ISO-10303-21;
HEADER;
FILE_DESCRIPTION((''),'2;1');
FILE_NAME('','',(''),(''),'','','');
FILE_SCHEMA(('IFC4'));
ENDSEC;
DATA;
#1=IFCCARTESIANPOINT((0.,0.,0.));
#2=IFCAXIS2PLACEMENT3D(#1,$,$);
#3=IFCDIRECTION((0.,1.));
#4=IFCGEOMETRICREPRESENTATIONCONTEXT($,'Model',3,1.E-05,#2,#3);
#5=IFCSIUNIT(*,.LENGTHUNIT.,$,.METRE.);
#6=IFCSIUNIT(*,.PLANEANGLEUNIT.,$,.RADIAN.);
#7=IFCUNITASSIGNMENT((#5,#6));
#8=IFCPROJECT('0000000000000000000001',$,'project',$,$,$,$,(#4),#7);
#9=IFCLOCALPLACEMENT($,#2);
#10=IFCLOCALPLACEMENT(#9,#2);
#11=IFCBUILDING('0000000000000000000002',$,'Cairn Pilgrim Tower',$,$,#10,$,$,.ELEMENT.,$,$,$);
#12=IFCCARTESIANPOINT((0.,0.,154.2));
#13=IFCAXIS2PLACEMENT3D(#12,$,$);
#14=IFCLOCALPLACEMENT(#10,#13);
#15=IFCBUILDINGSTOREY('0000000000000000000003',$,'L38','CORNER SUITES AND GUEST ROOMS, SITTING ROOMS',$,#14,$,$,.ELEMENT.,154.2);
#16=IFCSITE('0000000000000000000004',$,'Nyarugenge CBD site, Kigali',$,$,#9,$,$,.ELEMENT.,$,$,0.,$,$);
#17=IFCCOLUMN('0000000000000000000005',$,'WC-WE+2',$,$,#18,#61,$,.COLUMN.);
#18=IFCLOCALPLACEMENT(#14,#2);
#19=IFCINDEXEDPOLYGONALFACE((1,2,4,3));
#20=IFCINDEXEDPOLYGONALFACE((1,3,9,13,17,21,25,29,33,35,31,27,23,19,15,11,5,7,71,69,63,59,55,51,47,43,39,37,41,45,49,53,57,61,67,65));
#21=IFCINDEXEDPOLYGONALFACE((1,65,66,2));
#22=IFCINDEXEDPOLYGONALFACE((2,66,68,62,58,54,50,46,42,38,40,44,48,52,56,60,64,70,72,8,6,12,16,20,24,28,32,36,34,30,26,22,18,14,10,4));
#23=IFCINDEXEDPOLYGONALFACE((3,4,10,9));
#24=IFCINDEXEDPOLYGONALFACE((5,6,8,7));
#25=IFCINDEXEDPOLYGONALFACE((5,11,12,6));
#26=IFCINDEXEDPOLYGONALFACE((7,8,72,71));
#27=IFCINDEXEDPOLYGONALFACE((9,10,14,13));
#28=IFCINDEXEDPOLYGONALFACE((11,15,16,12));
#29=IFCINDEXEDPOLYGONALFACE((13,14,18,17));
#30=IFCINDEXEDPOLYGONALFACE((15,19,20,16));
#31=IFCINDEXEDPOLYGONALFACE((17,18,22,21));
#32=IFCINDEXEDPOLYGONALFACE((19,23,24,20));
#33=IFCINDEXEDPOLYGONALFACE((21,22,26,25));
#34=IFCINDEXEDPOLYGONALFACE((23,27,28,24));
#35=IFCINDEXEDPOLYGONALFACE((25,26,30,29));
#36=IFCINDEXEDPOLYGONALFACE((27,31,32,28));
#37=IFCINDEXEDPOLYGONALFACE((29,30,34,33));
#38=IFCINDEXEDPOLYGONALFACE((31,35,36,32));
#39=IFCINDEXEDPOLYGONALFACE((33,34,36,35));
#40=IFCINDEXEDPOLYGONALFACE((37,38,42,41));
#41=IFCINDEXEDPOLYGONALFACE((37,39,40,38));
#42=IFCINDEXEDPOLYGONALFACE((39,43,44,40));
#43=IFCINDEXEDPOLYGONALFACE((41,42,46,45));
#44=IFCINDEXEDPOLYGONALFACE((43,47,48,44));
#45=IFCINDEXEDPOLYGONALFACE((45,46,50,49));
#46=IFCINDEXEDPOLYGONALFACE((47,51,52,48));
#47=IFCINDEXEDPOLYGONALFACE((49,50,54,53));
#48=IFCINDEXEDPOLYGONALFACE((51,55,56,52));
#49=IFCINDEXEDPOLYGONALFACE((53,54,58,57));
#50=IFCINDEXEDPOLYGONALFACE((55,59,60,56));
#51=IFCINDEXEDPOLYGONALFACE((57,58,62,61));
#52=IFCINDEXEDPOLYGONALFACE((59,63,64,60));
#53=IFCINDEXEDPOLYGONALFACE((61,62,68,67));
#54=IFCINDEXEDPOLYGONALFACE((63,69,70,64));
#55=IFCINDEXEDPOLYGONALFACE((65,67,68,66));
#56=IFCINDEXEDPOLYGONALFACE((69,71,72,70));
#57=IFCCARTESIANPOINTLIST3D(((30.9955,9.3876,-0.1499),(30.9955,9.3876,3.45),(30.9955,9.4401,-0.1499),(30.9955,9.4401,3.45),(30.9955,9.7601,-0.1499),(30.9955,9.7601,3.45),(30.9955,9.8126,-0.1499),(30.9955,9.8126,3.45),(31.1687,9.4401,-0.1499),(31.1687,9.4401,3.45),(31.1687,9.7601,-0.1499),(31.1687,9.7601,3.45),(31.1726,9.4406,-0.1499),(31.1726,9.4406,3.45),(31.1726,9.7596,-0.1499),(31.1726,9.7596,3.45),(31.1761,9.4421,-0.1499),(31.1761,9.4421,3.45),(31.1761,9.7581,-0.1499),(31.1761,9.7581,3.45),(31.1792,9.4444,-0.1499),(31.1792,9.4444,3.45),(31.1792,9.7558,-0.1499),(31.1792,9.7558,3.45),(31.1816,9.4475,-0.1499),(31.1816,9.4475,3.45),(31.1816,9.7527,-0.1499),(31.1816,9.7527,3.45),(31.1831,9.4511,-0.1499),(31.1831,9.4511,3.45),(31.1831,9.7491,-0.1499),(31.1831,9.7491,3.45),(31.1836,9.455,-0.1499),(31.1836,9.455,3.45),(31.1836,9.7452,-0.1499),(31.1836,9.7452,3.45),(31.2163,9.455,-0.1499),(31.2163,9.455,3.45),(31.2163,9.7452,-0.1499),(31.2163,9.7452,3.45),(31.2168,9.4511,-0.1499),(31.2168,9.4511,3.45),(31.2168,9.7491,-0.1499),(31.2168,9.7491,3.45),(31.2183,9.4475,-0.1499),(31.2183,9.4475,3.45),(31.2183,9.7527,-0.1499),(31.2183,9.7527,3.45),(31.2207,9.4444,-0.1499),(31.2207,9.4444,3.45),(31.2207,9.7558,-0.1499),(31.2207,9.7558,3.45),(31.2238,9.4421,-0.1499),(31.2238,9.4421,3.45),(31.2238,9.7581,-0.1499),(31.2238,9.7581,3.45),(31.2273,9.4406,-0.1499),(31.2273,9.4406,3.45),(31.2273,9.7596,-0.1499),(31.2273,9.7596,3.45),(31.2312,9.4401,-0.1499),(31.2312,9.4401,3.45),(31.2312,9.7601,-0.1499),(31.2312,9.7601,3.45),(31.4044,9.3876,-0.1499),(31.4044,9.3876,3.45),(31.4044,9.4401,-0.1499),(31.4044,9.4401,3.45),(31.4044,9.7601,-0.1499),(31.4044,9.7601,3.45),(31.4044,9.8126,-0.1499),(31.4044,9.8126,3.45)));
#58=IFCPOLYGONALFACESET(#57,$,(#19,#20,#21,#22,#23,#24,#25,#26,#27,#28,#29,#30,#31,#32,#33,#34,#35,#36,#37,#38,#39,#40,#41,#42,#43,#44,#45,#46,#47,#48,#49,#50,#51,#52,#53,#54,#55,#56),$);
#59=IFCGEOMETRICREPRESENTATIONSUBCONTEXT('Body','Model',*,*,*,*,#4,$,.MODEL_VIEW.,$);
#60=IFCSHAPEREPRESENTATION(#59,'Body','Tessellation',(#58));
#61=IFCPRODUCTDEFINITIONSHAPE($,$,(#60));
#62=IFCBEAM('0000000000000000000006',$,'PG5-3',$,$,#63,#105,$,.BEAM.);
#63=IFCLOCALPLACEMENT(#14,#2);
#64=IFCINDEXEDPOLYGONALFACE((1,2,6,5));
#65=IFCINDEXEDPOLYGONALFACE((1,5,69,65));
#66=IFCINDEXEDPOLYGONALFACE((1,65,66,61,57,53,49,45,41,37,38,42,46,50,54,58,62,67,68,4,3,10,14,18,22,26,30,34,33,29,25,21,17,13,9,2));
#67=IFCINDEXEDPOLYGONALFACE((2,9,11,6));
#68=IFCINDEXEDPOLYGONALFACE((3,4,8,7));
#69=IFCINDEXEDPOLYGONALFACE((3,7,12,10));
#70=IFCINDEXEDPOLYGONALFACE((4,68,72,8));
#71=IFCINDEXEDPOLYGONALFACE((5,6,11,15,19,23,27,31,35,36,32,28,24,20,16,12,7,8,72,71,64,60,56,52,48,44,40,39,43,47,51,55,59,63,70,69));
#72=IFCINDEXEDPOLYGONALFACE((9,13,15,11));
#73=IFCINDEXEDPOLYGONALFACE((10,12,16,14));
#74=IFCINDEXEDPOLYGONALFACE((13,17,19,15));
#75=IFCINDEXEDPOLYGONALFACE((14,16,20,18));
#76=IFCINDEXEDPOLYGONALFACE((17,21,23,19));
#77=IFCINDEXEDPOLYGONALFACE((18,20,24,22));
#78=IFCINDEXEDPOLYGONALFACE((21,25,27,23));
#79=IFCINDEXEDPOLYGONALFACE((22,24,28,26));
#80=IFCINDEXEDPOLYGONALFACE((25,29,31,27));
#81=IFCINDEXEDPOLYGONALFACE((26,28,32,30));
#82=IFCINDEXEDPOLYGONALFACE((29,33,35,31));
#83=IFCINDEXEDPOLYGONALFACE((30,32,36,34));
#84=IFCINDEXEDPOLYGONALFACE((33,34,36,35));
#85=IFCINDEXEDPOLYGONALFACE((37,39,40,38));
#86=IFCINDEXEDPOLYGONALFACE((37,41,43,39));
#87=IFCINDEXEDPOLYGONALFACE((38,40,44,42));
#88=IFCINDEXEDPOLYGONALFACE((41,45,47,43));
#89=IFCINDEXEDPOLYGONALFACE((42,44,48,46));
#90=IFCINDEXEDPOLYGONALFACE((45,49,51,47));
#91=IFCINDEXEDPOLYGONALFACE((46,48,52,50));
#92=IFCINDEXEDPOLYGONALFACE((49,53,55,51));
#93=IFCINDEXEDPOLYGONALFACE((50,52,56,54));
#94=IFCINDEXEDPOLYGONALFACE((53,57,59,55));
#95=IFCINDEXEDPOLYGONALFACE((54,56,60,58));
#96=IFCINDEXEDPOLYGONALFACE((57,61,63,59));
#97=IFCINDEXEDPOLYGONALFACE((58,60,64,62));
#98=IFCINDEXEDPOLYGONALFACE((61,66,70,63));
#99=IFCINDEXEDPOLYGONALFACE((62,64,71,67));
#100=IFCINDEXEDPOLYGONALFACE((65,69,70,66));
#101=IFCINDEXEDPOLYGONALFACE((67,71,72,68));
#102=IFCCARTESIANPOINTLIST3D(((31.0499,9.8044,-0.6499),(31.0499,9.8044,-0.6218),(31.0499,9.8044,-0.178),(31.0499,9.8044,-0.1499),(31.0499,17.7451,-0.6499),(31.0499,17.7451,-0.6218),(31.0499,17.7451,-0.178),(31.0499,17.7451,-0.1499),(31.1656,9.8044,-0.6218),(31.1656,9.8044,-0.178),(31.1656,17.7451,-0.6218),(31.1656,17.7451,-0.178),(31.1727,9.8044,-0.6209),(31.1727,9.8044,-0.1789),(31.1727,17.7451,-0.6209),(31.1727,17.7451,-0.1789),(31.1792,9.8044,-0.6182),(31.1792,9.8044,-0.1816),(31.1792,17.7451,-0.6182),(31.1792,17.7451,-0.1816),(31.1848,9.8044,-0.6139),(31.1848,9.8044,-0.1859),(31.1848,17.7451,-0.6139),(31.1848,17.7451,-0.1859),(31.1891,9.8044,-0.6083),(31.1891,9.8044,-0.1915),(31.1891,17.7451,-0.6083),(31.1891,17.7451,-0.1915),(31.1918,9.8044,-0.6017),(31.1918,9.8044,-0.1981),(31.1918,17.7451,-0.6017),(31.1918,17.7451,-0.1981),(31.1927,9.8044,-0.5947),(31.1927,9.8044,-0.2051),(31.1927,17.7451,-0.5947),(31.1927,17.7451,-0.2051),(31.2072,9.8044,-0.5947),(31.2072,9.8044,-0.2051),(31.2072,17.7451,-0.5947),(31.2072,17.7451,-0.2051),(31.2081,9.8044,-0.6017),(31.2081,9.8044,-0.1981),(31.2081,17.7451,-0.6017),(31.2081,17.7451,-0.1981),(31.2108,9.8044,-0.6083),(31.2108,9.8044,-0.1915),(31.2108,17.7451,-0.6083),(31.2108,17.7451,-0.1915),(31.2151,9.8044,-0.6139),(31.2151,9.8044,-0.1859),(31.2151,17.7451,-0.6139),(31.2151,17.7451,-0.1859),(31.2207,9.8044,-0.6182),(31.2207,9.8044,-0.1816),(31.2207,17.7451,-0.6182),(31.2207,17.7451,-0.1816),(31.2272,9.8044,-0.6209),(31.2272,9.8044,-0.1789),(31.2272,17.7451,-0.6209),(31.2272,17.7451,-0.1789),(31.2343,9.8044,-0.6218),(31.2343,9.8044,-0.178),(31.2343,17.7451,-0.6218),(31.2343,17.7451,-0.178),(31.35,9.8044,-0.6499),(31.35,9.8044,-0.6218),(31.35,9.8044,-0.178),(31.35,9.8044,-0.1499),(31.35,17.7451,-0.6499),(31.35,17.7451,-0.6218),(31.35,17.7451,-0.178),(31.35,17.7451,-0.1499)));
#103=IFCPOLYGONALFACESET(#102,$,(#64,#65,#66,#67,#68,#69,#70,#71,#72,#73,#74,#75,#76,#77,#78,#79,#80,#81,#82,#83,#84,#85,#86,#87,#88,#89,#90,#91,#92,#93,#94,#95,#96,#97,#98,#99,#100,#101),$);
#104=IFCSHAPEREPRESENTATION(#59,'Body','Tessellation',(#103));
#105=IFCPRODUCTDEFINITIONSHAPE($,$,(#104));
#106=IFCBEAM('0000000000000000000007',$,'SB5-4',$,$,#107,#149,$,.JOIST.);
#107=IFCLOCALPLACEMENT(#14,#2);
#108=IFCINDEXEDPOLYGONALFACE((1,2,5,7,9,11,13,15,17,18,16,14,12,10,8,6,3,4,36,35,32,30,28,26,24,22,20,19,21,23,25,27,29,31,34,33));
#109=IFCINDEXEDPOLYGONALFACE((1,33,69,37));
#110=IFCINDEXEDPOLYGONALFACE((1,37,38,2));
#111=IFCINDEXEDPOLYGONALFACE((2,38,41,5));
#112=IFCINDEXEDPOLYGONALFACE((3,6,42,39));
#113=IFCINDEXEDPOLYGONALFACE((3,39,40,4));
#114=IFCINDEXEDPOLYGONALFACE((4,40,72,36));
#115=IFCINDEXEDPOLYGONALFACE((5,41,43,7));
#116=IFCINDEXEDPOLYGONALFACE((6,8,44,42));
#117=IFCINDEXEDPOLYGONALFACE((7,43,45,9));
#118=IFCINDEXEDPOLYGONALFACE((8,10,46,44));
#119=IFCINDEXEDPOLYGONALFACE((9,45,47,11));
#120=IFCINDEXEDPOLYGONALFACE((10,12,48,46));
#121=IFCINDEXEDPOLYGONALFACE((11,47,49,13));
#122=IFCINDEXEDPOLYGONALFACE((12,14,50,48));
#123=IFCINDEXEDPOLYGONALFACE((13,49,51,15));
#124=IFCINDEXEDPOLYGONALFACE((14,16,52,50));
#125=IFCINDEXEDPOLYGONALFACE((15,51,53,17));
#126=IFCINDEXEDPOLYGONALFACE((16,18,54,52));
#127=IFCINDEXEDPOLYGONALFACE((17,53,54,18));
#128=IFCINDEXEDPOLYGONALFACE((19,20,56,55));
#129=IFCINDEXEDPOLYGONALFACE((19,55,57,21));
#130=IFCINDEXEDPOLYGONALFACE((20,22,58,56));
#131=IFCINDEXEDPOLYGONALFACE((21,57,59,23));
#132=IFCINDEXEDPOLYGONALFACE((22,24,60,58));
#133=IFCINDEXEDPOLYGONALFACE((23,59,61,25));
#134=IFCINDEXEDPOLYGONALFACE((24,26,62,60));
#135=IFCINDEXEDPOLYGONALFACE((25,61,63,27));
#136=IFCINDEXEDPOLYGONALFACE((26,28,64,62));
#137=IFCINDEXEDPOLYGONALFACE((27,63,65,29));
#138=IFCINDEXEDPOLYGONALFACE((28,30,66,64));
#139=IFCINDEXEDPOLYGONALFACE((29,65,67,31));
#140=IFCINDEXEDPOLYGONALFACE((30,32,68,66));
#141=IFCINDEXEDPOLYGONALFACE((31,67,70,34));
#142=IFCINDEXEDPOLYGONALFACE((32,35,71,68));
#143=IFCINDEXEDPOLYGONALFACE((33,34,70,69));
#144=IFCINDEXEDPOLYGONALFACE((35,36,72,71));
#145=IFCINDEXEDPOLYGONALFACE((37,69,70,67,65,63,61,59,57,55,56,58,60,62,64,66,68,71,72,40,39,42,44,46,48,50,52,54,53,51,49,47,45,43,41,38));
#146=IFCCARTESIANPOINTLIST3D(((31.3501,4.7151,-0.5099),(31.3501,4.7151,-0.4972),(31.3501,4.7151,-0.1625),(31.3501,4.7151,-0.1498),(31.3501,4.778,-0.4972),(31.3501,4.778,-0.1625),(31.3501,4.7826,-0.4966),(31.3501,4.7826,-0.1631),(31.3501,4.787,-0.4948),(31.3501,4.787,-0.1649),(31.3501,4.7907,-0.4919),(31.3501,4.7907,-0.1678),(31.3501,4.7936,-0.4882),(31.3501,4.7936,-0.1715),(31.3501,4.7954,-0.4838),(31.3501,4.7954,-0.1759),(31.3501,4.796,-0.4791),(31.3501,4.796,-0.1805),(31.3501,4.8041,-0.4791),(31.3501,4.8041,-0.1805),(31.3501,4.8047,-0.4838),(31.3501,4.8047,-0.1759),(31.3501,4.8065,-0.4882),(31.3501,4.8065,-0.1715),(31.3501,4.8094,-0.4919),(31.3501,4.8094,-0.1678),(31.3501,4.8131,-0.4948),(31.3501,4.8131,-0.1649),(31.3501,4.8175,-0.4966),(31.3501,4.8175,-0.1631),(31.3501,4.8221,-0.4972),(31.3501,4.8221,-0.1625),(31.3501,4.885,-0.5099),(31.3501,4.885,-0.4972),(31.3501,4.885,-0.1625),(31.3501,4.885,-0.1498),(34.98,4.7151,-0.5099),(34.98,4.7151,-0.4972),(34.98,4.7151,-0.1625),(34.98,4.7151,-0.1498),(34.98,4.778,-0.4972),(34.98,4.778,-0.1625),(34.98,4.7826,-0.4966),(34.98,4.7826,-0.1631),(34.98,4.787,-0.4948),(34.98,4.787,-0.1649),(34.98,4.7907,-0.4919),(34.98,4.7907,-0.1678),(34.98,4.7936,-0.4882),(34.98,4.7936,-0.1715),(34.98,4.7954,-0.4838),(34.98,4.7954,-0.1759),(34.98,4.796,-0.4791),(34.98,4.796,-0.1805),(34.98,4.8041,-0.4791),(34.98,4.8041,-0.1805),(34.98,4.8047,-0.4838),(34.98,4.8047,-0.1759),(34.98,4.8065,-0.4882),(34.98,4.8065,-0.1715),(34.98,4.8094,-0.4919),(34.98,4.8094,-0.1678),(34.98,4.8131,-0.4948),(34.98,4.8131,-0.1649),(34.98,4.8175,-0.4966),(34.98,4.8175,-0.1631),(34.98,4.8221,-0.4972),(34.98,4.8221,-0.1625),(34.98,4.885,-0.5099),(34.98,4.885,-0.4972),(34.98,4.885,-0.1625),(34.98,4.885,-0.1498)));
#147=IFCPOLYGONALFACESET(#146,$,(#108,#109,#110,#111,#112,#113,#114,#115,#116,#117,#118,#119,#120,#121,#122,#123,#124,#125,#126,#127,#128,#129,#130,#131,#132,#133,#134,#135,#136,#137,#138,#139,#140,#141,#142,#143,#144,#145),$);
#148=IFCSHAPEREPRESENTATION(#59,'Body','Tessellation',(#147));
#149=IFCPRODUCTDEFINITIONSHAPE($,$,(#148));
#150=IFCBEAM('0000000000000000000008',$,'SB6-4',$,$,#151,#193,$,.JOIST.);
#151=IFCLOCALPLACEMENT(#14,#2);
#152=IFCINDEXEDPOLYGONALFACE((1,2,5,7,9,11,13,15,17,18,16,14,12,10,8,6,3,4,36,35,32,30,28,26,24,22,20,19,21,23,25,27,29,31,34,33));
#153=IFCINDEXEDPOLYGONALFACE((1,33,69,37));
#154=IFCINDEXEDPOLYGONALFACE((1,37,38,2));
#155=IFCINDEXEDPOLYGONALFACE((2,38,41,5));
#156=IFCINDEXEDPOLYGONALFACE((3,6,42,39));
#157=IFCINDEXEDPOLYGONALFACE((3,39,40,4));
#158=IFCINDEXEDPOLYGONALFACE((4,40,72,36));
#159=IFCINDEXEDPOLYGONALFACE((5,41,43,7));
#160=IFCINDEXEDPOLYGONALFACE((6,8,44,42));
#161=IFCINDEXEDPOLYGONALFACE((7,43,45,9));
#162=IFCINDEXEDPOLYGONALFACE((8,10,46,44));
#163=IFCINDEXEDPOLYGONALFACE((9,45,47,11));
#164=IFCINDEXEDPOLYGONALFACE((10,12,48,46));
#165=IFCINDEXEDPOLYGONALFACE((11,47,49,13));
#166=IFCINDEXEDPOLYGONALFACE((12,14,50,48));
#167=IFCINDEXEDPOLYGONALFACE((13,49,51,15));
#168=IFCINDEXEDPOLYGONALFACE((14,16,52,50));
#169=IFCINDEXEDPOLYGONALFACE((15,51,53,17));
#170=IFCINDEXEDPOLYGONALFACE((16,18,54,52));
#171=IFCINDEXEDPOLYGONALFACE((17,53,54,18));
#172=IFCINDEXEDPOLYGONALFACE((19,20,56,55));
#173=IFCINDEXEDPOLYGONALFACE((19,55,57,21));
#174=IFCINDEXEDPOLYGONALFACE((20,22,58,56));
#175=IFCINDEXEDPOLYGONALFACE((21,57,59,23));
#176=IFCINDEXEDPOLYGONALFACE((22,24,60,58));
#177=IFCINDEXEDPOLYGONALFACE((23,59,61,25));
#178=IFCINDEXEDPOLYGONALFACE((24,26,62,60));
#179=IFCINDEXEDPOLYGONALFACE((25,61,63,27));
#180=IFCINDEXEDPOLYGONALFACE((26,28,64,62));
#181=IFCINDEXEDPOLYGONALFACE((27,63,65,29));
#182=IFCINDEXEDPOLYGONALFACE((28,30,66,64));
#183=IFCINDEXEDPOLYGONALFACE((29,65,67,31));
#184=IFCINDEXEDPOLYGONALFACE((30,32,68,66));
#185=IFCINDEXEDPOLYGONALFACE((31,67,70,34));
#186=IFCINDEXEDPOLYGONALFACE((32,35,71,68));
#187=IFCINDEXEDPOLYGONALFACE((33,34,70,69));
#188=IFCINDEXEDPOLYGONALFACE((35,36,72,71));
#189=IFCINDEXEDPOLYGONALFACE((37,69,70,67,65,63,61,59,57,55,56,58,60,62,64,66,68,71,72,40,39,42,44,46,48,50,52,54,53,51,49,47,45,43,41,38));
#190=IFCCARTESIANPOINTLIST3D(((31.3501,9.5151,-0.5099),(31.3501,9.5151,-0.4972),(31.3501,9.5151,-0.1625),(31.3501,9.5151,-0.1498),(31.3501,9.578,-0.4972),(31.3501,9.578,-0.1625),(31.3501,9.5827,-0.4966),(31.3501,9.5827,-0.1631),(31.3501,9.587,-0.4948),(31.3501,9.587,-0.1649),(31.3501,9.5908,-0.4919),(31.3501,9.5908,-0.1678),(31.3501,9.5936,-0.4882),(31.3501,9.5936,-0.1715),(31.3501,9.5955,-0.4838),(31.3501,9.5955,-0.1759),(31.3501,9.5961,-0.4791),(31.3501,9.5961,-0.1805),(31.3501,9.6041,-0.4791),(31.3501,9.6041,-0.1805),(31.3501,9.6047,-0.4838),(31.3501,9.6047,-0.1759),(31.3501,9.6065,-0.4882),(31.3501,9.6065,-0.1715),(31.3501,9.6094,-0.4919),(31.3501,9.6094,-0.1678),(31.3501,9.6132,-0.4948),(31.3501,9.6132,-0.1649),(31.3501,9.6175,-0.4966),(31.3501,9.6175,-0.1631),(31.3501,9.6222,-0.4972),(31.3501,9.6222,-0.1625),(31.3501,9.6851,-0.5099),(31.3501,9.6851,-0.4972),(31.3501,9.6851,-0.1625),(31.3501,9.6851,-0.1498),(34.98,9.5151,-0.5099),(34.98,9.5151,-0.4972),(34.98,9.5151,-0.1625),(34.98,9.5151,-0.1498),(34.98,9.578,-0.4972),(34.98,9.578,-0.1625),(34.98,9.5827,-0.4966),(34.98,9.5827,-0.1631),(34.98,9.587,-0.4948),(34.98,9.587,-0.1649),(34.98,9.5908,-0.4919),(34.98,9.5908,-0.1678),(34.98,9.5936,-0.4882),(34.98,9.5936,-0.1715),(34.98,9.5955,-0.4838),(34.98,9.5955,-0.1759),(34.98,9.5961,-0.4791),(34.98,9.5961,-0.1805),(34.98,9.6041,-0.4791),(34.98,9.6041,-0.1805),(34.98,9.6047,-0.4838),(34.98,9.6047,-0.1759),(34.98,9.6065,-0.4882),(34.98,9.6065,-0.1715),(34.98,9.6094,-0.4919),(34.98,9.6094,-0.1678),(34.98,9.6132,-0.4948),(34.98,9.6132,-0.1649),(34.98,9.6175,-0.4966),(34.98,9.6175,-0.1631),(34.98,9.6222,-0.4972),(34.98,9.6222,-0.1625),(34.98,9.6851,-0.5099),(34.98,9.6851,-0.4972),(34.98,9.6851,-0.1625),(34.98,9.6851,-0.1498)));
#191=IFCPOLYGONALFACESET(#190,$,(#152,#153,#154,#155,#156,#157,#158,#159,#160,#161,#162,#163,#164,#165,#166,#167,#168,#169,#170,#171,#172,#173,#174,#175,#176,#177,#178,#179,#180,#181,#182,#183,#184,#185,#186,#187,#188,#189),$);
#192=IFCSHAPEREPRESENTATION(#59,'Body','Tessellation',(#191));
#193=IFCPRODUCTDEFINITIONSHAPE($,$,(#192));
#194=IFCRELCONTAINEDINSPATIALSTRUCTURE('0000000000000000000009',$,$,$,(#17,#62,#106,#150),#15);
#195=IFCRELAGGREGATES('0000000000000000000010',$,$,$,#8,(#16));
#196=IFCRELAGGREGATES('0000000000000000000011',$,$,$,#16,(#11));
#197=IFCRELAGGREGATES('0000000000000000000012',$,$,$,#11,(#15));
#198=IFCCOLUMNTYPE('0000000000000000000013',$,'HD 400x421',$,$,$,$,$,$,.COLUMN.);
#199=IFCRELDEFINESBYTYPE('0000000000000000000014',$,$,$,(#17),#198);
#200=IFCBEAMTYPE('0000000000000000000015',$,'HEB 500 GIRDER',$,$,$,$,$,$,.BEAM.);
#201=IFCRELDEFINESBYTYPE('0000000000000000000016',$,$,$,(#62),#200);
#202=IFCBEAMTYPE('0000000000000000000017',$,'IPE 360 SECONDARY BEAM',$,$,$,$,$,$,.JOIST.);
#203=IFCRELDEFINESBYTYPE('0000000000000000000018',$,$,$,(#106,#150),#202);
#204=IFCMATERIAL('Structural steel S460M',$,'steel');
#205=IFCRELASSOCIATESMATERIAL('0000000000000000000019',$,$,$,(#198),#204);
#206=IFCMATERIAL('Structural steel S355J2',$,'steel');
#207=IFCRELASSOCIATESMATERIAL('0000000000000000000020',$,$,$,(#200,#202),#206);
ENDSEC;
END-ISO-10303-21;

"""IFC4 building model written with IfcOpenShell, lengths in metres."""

from ifc_helpers import new_model, si_unit, direction, frame, origin, origin_2d, place, context, subcontext, project, spatial, i_section, extrude, material, material_profile, profile_set, type_object, element, save


model = new_model("IFC4")

# Units and contexts
model_context = context("Model", 3, precision=1e-05, world=origin(), true_north=direction((0.0, 1.0)))
body_context = subcontext(model_context, "Body", "Model", "MODEL_VIEW")
ifc_project = project(units=[si_unit("LENGTHUNIT", "METRE"), si_unit("PLANEANGLEUNIT", "RADIAN")], contexts=[model_context])

# Site, building, storey
site_placement = place(None, origin())
site = spatial("IfcSite", under=ifc_project, at=site_placement, Name="Nyarugenge CBD site, Kigali", CompositionType="ELEMENT", RefElevation=0.0)
building_placement = place(site_placement, origin())
building = spatial("IfcBuilding", under=site, at=building_placement, Name="Cairn Pilgrim Tower", CompositionType="ELEMENT")
storey_placement = place(building_placement, frame((0.0, 0.0, 154.2)))
storey = spatial("IfcBuildingStorey", under=building, at=storey_placement, Name="L38", Description="CORNER SUITES AND GUEST ROOMS, SITTING ROOMS", CompositionType="ELEMENT", Elevation=154.2)

# Column
ifc_material_1 = material(Name="Structural steel S460M", Category="steel")
ifc_material_profile_1 = material_profile(ifc_material_1, i_section(OverallWidth=0.4089, OverallDepth=0.425, WebThickness=0.0327, FlangeThickness=0.0525, FilletRadius=0.0149, at=origin_2d()), Name="HD 400x421")
ifc_profile_set_1 = profile_set([ifc_material_profile_1], Name="Structural steel S460M")
column_type = type_object("IfcColumnType", Name="HD 400x421", PredefinedType="COLUMN", material=ifc_profile_set_1)
column_placement = place(storey_placement, frame((31.2, 9.6001, -0.1499), z_axis=(0.0, 0.0, 1.0), x_axis=(1.0, 0.0, 0.0)))
element("IfcColumn", 1, at=column_placement, inside=storey, type_object=column_type, Name="WC-WE+2", PredefinedType="COLUMN", context=body_context, shape_type="SweptSolid", body=[
    extrude(i_section(OverallWidth=0.4089, OverallDepth=0.425, WebThickness=0.0327, FlangeThickness=0.0525, FilletRadius=0.0149, at=origin_2d()), origin(), (0.0, 0.0, 1.0), 3.5999),
])

# Beams
ifc_material_2 = material(Name="Structural steel S355J2", Category="steel")
ifc_material_profile_2 = material_profile(ifc_material_2, i_section(OverallWidth=0.3, OverallDepth=0.5, WebThickness=0.0144, FlangeThickness=0.0281, FilletRadius=0.0271, at=origin_2d()), Name="HEB 500")
ifc_profile_set_2 = profile_set([ifc_material_profile_2], Name="Structural steel S355J2")
beam_type_1 = type_object("IfcBeamType", Name="HEB 500 GIRDER", PredefinedType="BEAM", material=ifc_profile_set_2)
beam_placement = place(storey_placement, frame((31.2, 9.8044, -0.3999), z_axis=(0.0, 1.0, 0.0), x_axis=(-1.0, 0.0, 0.0)))
element("IfcBeam", 2, at=beam_placement, inside=storey, type_object=beam_type_1, Name="PG5-3", PredefinedType="BEAM", context=body_context, shape_type="SweptSolid", body=[
    extrude(i_section(OverallWidth=0.3, OverallDepth=0.5, WebThickness=0.0144, FlangeThickness=0.0281, FilletRadius=0.0271, at=origin_2d()), origin(), (0.0, 0.0, 1.0), 7.9407),
])
ifc_material_profile_3 = material_profile(ifc_material_2, i_section(OverallWidth=0.1699, OverallDepth=0.3601, WebThickness=0.0081, FlangeThickness=0.0127, FilletRadius=0.0181, at=origin_2d()), Name="IPE 360")
ifc_profile_set_3 = profile_set([ifc_material_profile_3], Name="Structural steel S355J2")
beam_type_2 = type_object("IfcBeamType", Name="IPE 360 SECONDARY BEAM", PredefinedType="JOIST", material=ifc_profile_set_3)
for number, where, z_axis, x_axis, name in (
    (3, (31.3501, 4.8, -0.3298), (1.0, 0.0, 0.0), (0.0, 1.0, 0.0), "SB5-4"),
    (4, (31.3501, 9.6001, -0.3298), (1.0, 0.0, 0.0), (0.0, 1.0, 0.0), "SB6-4"),
):
    element("IfcBeam", number, at=place(storey_placement, frame(where, z_axis=z_axis, x_axis=x_axis)), inside=storey, type_object=beam_type_2, Name=name, PredefinedType="JOIST", context=body_context, shape_type="SweptSolid", body=[
        extrude(i_section(OverallWidth=0.1699, OverallDepth=0.3601, WebThickness=0.0081, FlangeThickness=0.0127, FilletRadius=0.0181, at=origin_2d()), origin(), (0.0, 0.0, 1.0), 3.6299),
    ])

save(model, "model.ifc")
